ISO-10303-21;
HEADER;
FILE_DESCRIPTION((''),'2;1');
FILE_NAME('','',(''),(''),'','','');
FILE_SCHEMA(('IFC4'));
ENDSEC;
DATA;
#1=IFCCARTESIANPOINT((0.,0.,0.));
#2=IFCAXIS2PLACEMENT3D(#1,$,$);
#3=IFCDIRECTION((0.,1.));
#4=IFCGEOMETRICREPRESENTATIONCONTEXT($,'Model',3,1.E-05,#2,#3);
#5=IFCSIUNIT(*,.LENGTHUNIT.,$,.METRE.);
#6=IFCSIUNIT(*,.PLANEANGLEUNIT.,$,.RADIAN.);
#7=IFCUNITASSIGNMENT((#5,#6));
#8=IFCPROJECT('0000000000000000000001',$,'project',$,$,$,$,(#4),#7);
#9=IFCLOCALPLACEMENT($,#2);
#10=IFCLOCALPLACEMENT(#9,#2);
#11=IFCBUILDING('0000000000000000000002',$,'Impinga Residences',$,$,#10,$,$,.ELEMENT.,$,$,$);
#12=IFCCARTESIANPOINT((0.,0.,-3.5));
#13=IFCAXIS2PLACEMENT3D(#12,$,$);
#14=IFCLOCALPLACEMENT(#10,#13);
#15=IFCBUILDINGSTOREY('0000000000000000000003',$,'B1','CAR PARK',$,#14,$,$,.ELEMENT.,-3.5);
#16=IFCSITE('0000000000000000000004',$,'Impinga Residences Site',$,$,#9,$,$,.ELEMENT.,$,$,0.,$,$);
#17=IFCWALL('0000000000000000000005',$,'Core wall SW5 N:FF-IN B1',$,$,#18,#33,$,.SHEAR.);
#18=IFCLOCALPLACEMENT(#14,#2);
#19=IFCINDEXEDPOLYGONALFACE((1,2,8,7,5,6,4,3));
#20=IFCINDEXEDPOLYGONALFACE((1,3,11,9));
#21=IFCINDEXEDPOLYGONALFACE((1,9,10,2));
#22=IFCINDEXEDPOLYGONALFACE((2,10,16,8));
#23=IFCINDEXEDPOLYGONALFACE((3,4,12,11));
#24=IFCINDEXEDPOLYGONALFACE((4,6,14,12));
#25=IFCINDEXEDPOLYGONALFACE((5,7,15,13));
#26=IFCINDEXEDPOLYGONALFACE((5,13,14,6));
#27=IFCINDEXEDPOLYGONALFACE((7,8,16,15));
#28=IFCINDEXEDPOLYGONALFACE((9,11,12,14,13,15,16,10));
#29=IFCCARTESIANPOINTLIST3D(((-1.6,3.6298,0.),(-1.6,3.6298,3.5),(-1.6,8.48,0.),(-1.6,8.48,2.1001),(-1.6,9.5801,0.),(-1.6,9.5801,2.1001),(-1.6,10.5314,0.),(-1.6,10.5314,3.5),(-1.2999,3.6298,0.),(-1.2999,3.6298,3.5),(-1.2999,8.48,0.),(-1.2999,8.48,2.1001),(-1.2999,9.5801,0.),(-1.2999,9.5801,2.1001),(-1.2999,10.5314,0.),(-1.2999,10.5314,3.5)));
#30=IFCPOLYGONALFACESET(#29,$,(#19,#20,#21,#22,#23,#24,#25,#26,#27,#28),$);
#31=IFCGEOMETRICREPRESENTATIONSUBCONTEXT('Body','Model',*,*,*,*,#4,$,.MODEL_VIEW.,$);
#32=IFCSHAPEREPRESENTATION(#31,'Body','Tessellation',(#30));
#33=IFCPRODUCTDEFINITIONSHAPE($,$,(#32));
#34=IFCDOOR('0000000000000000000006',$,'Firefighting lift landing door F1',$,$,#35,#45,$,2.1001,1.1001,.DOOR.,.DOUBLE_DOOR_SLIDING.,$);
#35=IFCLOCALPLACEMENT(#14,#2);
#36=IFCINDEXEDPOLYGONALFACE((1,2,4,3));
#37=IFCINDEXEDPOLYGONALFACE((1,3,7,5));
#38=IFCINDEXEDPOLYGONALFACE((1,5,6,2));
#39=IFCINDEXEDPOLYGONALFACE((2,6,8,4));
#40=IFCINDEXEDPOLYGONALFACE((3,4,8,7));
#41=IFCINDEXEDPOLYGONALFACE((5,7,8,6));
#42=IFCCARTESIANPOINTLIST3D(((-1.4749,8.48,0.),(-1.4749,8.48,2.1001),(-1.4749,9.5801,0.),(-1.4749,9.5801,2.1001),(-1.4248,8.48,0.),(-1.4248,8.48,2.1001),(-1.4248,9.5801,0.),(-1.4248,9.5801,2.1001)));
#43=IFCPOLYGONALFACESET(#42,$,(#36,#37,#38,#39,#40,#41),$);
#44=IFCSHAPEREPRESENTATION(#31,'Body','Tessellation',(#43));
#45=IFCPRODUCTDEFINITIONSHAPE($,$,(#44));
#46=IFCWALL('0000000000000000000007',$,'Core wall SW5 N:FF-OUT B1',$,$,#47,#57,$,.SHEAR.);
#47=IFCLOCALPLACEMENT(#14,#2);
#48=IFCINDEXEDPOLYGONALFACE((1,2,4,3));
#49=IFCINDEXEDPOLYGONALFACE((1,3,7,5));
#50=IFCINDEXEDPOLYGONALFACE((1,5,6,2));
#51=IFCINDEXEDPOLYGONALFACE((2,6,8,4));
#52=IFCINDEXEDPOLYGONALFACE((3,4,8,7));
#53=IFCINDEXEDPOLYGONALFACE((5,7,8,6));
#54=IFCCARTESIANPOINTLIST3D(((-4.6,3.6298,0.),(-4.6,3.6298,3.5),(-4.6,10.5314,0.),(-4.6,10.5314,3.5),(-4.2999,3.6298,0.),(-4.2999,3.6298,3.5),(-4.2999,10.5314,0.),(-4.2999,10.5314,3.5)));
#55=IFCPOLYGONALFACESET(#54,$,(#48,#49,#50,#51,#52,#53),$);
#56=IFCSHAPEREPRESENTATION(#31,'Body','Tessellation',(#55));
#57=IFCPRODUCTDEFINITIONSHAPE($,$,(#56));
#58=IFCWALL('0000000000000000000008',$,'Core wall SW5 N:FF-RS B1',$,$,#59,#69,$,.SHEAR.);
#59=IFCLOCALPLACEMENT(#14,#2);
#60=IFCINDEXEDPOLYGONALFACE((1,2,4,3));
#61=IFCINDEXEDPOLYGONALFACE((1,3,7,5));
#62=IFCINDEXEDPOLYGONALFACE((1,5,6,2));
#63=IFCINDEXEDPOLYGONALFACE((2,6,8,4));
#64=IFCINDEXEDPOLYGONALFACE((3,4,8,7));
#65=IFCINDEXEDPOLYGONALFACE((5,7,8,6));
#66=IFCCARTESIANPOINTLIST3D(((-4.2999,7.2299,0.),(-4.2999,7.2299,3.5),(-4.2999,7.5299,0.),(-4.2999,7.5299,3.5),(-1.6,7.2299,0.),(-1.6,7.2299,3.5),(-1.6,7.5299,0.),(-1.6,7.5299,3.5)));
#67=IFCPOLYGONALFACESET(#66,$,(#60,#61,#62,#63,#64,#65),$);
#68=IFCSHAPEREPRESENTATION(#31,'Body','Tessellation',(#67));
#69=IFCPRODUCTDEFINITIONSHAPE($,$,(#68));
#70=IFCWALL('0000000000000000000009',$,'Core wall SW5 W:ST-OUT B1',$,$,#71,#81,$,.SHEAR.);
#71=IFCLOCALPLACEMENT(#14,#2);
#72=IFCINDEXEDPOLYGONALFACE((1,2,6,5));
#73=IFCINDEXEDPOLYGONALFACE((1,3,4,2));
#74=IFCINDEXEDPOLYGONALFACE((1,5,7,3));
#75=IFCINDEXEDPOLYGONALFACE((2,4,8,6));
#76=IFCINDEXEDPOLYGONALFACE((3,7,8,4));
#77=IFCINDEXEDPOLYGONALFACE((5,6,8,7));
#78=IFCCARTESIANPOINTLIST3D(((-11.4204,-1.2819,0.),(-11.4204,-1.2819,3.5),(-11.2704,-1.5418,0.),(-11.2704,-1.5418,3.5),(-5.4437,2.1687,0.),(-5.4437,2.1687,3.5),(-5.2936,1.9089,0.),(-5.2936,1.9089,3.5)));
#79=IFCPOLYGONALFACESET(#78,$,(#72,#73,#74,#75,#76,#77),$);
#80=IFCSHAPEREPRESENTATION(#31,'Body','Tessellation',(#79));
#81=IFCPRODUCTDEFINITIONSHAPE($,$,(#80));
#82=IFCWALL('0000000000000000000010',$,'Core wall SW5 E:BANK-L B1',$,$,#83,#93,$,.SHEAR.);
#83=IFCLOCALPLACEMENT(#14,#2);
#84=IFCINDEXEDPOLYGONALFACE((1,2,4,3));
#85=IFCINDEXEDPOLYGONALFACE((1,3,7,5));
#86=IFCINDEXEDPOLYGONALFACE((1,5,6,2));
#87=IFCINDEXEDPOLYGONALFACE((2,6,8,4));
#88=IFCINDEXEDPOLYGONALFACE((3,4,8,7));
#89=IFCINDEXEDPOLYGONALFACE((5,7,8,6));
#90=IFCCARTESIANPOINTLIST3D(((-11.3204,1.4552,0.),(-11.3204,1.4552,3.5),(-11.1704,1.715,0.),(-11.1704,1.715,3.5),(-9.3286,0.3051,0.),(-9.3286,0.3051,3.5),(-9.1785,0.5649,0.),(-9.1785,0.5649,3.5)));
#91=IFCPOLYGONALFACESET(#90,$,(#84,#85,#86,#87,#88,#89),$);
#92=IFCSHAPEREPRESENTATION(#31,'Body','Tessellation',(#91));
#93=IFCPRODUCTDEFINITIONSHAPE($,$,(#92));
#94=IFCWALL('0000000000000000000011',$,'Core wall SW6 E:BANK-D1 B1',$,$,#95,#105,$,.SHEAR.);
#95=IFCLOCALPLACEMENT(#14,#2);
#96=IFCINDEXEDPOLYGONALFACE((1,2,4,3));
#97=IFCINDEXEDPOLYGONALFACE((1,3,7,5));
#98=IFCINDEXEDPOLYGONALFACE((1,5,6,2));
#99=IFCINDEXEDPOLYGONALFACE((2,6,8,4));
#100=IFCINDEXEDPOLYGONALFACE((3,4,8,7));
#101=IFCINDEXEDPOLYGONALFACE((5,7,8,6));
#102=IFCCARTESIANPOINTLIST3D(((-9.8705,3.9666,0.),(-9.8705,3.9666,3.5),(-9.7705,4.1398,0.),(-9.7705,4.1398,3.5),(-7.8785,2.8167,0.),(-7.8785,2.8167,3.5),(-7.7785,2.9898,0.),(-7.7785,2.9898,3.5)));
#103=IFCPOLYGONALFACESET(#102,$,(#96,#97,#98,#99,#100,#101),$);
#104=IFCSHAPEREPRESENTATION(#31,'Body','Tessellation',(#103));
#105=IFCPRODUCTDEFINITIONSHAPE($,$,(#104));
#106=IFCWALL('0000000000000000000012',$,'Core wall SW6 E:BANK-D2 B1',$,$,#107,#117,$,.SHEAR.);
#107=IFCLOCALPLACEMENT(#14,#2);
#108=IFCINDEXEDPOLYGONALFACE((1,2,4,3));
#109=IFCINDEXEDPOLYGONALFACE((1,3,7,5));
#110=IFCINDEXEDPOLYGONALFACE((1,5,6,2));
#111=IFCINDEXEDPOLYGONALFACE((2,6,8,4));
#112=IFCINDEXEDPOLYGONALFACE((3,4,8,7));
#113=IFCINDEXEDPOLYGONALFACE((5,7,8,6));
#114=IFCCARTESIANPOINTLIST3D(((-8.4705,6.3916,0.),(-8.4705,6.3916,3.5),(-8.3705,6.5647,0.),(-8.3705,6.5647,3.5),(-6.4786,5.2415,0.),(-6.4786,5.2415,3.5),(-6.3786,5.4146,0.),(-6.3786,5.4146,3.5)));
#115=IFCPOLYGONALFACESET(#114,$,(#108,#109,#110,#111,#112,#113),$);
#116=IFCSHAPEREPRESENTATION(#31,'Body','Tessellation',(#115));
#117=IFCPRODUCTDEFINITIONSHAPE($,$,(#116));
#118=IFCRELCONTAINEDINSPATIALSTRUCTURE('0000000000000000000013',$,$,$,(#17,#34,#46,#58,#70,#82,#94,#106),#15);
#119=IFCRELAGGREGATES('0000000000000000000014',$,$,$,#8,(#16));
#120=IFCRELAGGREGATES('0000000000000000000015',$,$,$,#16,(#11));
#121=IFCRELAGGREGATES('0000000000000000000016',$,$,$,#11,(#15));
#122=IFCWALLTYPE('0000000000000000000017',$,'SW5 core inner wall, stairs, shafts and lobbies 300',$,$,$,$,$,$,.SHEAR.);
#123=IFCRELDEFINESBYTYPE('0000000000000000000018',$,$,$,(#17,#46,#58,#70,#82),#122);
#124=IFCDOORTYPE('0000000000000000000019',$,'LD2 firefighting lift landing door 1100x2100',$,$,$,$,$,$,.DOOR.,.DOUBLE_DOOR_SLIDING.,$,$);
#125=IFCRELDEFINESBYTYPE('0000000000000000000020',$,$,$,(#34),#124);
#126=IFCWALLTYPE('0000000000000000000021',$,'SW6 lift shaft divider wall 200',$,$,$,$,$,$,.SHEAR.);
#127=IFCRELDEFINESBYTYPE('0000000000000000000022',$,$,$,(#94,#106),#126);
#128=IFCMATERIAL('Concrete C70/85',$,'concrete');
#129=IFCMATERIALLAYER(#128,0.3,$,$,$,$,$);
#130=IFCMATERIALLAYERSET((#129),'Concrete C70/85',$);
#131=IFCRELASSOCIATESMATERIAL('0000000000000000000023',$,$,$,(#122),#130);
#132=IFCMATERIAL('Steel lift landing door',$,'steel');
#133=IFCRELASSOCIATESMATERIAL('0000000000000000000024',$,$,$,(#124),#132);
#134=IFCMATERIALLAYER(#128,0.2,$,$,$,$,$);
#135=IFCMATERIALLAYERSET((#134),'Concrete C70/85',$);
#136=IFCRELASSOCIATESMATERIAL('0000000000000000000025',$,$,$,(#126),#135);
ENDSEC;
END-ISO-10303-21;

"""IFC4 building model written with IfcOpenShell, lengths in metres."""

from ifc_helpers import new_model, si_unit, direction, frame, frame_2d, origin, place, context, subcontext, project, spatial, rectangle, extrude, material, layer, layer_set, type_object, element, fill, save


model = new_model("IFC4")

# Units and contexts
model_context = context("Model", 3, precision=1e-05, world=origin(), true_north=direction((0.0, 1.0)))
body_context = subcontext(model_context, "Body", "Model", "MODEL_VIEW")
ifc_project = project(units=[si_unit("LENGTHUNIT", "METRE"), si_unit("PLANEANGLEUNIT", "RADIAN")], contexts=[model_context])

# Site, building, storey
site_placement = place(None, origin())
site = spatial("IfcSite", under=ifc_project, at=site_placement, Name="Impinga Residences Site", CompositionType="ELEMENT", RefElevation=0.0)
building_placement = place(site_placement, origin())
building = spatial("IfcBuilding", under=site, at=building_placement, Name="Impinga Residences", CompositionType="ELEMENT")
storey_placement = place(building_placement, frame((0.0, 0.0, -3.5)))
storey = spatial("IfcBuildingStorey", under=building, at=storey_placement, Name="B1", Description="CAR PARK", CompositionType="ELEMENT", Elevation=-3.5)

# Shared definitions
ifc_material_1 = material(Name="Concrete C70/85", Category="concrete")

# Shared definitions
ifc_layer_1 = layer(ifc_material_1, 0.3)
ifc_layer_set_1 = layer_set([ifc_layer_1], Name="Concrete C70/85")
wall_type_1 = type_object("IfcWallType", Name="SW5 core inner wall, stairs, shafts and lobbies 300", PredefinedType="SHEAR", material=ifc_layer_set_1)

# Wall, opening, door
wall_1_placement = place(storey_placement, frame((-1.45, 3.6299, 0.0), z_axis=(0.0, 0.0, 1.0), x_axis=(0.0, 1.0, 0.0)))
wall_1 = element("IfcWall", 1, at=wall_1_placement, inside=storey, type_object=wall_type_1, Name="Core wall SW5 N:FF-IN B1", PredefinedType="SHEAR", context=body_context, shape_type="SweptSolid", body=[
    extrude(rectangle(XDim=6.9016, YDim=0.3, at=frame_2d((3.4507, 0.0))), origin(), (0.0, 0.0, 1.0), 3.5),
])
opening_1_placement = place(wall_1_placement, frame((4.8501, 0.0, 0.0)))
opening_1 = element("IfcOpeningElement", 2, at=opening_1_placement, cuts=wall_1, PredefinedType="OPENING", context=body_context, shape_type="SweptSolid", body=[
    extrude(rectangle(XDim=1.1001, YDim=2.1001, at=frame_2d((0.55, 1.05))), frame((0.0, 0.1599, 0.0), z_axis=(0.0, -1.0, 0.0), x_axis=(1.0, 0.0, 0.0)), (0.0, 0.0, 1.0), 0.3201),
])
ifc_material_2 = material(Name="Steel lift landing door", Category="steel")
door_type_1 = type_object("IfcDoorType", Name="LD2 firefighting lift landing door 1100x2100", OperationType="DOUBLE_DOOR_SLIDING", PredefinedType="DOOR", material=ifc_material_2)
door_1_placement = place(opening_1_placement, origin())
door_1 = element("IfcDoor", 3, at=door_1_placement, inside=storey, type_object=door_type_1, Name="Firefighting lift landing door F1", OperationType="DOUBLE_DOOR_SLIDING", OverallHeight=2.1001, OverallWidth=1.1001, PredefinedType="DOOR", context=body_context, shape_type="SweptSolid", body=[
    extrude(rectangle(XDim=1.1001, YDim=2.1001, at=frame_2d((0.55, 1.05))), frame((0.0, 0.0249, 0.0), z_axis=(0.0, -1.0, 0.0), x_axis=(1.0, 0.0, 0.0)), (0.0, 0.0, 1.0), 0.05),
])
fill(opening_1, door_1)

# Walls
wall_2_placement = place(storey_placement, frame((-4.45, 3.6299, 0.0), z_axis=(0.0, 0.0, 1.0), x_axis=(0.0, 1.0, 0.0)))
element("IfcWall", 4, at=wall_2_placement, inside=storey, type_object=wall_type_1, Name="Core wall SW5 N:FF-OUT B1", PredefinedType="SHEAR", context=body_context, shape_type="SweptSolid", body=[
    extrude(rectangle(XDim=6.9016, YDim=0.3, at=frame_2d((3.4507, 0.0))), origin(), (0.0, 0.0, 1.0), 3.5),
])
wall_3_placement = place(storey_placement, frame((-4.3, 7.3799, 0.0), z_axis=(0.0, 0.0, 1.0), x_axis=(1.0, 0.0, 0.0)))
element("IfcWall", 5, at=wall_3_placement, inside=storey, type_object=wall_type_1, Name="Core wall SW5 N:FF-RS B1", PredefinedType="SHEAR", context=body_context, shape_type="SweptSolid", body=[
    extrude(rectangle(XDim=2.7, YDim=0.3, at=frame_2d((1.3501, 0.0))), origin(), (0.0, 0.0, 1.0), 3.5),
])
wall_4_placement = place(storey_placement, frame((-5.3687, 2.0388, 0.0), z_axis=(0.0, 0.0, 1.0), x_axis=(-0.866027, -0.499997, 0.0)))
element("IfcWall", 6, at=wall_4_placement, inside=storey, type_object=wall_type_1, Name="Core wall SW5 W:ST-OUT B1", PredefinedType="SHEAR", context=body_context, shape_type="SweptSolid", body=[
    extrude(rectangle(XDim=6.9014, YDim=0.3, at=frame_2d((3.4507, 0.0))), origin(), (0.0, 0.0, 1.0), 3.5),
])
wall_5_placement = place(storey_placement, frame((-9.2537, 0.4351, 0.0), z_axis=(0.0, 0.0, 1.0), x_axis=(-0.866007, 0.500032, 0.0)))
element("IfcWall", 7, at=wall_5_placement, inside=storey, type_object=wall_type_1, Name="Core wall SW5 E:BANK-L B1", PredefinedType="SHEAR", context=body_context, shape_type="SweptSolid", body=[
    extrude(rectangle(XDim=2.3, YDim=0.3, at=frame_2d((1.1499, 0.0))), origin(), (0.0, 0.0, 1.0), 3.5),
])
ifc_layer_2 = layer(ifc_material_1, 0.2)
ifc_layer_set_2 = layer_set([ifc_layer_2], Name="Concrete C70/85")
wall_type_2 = type_object("IfcWallType", Name="SW6 lift shaft divider wall 200", PredefinedType="SHEAR", material=ifc_layer_set_2)
for number, where, z_axis, x_axis, name in (
    (8, (-7.8286, 2.9033, 0.0), (0.0, 0.0, 1.0), (-0.866053, 0.499952, 0.0), "Core wall SW6 E:BANK-D1 B1"),
    (9, (-6.4287, 5.3281, 0.0), (0.0, 0.0, 1.0), (-0.866007, 0.500032, 0.0), "Core wall SW6 E:BANK-D2 B1"),
):
    element("IfcWall", number, at=place(storey_placement, frame(where, z_axis=z_axis, x_axis=x_axis)), inside=storey, type_object=wall_type_2, Name=name, PredefinedType="SHEAR", context=body_context, shape_type="SweptSolid", body=[
        extrude(rectangle(XDim=2.3, YDim=0.2, at=frame_2d((1.1499, 0.0))), origin(), (0.0, 0.0, 1.0), 3.5),
    ])

save(model, "model.ifc")
